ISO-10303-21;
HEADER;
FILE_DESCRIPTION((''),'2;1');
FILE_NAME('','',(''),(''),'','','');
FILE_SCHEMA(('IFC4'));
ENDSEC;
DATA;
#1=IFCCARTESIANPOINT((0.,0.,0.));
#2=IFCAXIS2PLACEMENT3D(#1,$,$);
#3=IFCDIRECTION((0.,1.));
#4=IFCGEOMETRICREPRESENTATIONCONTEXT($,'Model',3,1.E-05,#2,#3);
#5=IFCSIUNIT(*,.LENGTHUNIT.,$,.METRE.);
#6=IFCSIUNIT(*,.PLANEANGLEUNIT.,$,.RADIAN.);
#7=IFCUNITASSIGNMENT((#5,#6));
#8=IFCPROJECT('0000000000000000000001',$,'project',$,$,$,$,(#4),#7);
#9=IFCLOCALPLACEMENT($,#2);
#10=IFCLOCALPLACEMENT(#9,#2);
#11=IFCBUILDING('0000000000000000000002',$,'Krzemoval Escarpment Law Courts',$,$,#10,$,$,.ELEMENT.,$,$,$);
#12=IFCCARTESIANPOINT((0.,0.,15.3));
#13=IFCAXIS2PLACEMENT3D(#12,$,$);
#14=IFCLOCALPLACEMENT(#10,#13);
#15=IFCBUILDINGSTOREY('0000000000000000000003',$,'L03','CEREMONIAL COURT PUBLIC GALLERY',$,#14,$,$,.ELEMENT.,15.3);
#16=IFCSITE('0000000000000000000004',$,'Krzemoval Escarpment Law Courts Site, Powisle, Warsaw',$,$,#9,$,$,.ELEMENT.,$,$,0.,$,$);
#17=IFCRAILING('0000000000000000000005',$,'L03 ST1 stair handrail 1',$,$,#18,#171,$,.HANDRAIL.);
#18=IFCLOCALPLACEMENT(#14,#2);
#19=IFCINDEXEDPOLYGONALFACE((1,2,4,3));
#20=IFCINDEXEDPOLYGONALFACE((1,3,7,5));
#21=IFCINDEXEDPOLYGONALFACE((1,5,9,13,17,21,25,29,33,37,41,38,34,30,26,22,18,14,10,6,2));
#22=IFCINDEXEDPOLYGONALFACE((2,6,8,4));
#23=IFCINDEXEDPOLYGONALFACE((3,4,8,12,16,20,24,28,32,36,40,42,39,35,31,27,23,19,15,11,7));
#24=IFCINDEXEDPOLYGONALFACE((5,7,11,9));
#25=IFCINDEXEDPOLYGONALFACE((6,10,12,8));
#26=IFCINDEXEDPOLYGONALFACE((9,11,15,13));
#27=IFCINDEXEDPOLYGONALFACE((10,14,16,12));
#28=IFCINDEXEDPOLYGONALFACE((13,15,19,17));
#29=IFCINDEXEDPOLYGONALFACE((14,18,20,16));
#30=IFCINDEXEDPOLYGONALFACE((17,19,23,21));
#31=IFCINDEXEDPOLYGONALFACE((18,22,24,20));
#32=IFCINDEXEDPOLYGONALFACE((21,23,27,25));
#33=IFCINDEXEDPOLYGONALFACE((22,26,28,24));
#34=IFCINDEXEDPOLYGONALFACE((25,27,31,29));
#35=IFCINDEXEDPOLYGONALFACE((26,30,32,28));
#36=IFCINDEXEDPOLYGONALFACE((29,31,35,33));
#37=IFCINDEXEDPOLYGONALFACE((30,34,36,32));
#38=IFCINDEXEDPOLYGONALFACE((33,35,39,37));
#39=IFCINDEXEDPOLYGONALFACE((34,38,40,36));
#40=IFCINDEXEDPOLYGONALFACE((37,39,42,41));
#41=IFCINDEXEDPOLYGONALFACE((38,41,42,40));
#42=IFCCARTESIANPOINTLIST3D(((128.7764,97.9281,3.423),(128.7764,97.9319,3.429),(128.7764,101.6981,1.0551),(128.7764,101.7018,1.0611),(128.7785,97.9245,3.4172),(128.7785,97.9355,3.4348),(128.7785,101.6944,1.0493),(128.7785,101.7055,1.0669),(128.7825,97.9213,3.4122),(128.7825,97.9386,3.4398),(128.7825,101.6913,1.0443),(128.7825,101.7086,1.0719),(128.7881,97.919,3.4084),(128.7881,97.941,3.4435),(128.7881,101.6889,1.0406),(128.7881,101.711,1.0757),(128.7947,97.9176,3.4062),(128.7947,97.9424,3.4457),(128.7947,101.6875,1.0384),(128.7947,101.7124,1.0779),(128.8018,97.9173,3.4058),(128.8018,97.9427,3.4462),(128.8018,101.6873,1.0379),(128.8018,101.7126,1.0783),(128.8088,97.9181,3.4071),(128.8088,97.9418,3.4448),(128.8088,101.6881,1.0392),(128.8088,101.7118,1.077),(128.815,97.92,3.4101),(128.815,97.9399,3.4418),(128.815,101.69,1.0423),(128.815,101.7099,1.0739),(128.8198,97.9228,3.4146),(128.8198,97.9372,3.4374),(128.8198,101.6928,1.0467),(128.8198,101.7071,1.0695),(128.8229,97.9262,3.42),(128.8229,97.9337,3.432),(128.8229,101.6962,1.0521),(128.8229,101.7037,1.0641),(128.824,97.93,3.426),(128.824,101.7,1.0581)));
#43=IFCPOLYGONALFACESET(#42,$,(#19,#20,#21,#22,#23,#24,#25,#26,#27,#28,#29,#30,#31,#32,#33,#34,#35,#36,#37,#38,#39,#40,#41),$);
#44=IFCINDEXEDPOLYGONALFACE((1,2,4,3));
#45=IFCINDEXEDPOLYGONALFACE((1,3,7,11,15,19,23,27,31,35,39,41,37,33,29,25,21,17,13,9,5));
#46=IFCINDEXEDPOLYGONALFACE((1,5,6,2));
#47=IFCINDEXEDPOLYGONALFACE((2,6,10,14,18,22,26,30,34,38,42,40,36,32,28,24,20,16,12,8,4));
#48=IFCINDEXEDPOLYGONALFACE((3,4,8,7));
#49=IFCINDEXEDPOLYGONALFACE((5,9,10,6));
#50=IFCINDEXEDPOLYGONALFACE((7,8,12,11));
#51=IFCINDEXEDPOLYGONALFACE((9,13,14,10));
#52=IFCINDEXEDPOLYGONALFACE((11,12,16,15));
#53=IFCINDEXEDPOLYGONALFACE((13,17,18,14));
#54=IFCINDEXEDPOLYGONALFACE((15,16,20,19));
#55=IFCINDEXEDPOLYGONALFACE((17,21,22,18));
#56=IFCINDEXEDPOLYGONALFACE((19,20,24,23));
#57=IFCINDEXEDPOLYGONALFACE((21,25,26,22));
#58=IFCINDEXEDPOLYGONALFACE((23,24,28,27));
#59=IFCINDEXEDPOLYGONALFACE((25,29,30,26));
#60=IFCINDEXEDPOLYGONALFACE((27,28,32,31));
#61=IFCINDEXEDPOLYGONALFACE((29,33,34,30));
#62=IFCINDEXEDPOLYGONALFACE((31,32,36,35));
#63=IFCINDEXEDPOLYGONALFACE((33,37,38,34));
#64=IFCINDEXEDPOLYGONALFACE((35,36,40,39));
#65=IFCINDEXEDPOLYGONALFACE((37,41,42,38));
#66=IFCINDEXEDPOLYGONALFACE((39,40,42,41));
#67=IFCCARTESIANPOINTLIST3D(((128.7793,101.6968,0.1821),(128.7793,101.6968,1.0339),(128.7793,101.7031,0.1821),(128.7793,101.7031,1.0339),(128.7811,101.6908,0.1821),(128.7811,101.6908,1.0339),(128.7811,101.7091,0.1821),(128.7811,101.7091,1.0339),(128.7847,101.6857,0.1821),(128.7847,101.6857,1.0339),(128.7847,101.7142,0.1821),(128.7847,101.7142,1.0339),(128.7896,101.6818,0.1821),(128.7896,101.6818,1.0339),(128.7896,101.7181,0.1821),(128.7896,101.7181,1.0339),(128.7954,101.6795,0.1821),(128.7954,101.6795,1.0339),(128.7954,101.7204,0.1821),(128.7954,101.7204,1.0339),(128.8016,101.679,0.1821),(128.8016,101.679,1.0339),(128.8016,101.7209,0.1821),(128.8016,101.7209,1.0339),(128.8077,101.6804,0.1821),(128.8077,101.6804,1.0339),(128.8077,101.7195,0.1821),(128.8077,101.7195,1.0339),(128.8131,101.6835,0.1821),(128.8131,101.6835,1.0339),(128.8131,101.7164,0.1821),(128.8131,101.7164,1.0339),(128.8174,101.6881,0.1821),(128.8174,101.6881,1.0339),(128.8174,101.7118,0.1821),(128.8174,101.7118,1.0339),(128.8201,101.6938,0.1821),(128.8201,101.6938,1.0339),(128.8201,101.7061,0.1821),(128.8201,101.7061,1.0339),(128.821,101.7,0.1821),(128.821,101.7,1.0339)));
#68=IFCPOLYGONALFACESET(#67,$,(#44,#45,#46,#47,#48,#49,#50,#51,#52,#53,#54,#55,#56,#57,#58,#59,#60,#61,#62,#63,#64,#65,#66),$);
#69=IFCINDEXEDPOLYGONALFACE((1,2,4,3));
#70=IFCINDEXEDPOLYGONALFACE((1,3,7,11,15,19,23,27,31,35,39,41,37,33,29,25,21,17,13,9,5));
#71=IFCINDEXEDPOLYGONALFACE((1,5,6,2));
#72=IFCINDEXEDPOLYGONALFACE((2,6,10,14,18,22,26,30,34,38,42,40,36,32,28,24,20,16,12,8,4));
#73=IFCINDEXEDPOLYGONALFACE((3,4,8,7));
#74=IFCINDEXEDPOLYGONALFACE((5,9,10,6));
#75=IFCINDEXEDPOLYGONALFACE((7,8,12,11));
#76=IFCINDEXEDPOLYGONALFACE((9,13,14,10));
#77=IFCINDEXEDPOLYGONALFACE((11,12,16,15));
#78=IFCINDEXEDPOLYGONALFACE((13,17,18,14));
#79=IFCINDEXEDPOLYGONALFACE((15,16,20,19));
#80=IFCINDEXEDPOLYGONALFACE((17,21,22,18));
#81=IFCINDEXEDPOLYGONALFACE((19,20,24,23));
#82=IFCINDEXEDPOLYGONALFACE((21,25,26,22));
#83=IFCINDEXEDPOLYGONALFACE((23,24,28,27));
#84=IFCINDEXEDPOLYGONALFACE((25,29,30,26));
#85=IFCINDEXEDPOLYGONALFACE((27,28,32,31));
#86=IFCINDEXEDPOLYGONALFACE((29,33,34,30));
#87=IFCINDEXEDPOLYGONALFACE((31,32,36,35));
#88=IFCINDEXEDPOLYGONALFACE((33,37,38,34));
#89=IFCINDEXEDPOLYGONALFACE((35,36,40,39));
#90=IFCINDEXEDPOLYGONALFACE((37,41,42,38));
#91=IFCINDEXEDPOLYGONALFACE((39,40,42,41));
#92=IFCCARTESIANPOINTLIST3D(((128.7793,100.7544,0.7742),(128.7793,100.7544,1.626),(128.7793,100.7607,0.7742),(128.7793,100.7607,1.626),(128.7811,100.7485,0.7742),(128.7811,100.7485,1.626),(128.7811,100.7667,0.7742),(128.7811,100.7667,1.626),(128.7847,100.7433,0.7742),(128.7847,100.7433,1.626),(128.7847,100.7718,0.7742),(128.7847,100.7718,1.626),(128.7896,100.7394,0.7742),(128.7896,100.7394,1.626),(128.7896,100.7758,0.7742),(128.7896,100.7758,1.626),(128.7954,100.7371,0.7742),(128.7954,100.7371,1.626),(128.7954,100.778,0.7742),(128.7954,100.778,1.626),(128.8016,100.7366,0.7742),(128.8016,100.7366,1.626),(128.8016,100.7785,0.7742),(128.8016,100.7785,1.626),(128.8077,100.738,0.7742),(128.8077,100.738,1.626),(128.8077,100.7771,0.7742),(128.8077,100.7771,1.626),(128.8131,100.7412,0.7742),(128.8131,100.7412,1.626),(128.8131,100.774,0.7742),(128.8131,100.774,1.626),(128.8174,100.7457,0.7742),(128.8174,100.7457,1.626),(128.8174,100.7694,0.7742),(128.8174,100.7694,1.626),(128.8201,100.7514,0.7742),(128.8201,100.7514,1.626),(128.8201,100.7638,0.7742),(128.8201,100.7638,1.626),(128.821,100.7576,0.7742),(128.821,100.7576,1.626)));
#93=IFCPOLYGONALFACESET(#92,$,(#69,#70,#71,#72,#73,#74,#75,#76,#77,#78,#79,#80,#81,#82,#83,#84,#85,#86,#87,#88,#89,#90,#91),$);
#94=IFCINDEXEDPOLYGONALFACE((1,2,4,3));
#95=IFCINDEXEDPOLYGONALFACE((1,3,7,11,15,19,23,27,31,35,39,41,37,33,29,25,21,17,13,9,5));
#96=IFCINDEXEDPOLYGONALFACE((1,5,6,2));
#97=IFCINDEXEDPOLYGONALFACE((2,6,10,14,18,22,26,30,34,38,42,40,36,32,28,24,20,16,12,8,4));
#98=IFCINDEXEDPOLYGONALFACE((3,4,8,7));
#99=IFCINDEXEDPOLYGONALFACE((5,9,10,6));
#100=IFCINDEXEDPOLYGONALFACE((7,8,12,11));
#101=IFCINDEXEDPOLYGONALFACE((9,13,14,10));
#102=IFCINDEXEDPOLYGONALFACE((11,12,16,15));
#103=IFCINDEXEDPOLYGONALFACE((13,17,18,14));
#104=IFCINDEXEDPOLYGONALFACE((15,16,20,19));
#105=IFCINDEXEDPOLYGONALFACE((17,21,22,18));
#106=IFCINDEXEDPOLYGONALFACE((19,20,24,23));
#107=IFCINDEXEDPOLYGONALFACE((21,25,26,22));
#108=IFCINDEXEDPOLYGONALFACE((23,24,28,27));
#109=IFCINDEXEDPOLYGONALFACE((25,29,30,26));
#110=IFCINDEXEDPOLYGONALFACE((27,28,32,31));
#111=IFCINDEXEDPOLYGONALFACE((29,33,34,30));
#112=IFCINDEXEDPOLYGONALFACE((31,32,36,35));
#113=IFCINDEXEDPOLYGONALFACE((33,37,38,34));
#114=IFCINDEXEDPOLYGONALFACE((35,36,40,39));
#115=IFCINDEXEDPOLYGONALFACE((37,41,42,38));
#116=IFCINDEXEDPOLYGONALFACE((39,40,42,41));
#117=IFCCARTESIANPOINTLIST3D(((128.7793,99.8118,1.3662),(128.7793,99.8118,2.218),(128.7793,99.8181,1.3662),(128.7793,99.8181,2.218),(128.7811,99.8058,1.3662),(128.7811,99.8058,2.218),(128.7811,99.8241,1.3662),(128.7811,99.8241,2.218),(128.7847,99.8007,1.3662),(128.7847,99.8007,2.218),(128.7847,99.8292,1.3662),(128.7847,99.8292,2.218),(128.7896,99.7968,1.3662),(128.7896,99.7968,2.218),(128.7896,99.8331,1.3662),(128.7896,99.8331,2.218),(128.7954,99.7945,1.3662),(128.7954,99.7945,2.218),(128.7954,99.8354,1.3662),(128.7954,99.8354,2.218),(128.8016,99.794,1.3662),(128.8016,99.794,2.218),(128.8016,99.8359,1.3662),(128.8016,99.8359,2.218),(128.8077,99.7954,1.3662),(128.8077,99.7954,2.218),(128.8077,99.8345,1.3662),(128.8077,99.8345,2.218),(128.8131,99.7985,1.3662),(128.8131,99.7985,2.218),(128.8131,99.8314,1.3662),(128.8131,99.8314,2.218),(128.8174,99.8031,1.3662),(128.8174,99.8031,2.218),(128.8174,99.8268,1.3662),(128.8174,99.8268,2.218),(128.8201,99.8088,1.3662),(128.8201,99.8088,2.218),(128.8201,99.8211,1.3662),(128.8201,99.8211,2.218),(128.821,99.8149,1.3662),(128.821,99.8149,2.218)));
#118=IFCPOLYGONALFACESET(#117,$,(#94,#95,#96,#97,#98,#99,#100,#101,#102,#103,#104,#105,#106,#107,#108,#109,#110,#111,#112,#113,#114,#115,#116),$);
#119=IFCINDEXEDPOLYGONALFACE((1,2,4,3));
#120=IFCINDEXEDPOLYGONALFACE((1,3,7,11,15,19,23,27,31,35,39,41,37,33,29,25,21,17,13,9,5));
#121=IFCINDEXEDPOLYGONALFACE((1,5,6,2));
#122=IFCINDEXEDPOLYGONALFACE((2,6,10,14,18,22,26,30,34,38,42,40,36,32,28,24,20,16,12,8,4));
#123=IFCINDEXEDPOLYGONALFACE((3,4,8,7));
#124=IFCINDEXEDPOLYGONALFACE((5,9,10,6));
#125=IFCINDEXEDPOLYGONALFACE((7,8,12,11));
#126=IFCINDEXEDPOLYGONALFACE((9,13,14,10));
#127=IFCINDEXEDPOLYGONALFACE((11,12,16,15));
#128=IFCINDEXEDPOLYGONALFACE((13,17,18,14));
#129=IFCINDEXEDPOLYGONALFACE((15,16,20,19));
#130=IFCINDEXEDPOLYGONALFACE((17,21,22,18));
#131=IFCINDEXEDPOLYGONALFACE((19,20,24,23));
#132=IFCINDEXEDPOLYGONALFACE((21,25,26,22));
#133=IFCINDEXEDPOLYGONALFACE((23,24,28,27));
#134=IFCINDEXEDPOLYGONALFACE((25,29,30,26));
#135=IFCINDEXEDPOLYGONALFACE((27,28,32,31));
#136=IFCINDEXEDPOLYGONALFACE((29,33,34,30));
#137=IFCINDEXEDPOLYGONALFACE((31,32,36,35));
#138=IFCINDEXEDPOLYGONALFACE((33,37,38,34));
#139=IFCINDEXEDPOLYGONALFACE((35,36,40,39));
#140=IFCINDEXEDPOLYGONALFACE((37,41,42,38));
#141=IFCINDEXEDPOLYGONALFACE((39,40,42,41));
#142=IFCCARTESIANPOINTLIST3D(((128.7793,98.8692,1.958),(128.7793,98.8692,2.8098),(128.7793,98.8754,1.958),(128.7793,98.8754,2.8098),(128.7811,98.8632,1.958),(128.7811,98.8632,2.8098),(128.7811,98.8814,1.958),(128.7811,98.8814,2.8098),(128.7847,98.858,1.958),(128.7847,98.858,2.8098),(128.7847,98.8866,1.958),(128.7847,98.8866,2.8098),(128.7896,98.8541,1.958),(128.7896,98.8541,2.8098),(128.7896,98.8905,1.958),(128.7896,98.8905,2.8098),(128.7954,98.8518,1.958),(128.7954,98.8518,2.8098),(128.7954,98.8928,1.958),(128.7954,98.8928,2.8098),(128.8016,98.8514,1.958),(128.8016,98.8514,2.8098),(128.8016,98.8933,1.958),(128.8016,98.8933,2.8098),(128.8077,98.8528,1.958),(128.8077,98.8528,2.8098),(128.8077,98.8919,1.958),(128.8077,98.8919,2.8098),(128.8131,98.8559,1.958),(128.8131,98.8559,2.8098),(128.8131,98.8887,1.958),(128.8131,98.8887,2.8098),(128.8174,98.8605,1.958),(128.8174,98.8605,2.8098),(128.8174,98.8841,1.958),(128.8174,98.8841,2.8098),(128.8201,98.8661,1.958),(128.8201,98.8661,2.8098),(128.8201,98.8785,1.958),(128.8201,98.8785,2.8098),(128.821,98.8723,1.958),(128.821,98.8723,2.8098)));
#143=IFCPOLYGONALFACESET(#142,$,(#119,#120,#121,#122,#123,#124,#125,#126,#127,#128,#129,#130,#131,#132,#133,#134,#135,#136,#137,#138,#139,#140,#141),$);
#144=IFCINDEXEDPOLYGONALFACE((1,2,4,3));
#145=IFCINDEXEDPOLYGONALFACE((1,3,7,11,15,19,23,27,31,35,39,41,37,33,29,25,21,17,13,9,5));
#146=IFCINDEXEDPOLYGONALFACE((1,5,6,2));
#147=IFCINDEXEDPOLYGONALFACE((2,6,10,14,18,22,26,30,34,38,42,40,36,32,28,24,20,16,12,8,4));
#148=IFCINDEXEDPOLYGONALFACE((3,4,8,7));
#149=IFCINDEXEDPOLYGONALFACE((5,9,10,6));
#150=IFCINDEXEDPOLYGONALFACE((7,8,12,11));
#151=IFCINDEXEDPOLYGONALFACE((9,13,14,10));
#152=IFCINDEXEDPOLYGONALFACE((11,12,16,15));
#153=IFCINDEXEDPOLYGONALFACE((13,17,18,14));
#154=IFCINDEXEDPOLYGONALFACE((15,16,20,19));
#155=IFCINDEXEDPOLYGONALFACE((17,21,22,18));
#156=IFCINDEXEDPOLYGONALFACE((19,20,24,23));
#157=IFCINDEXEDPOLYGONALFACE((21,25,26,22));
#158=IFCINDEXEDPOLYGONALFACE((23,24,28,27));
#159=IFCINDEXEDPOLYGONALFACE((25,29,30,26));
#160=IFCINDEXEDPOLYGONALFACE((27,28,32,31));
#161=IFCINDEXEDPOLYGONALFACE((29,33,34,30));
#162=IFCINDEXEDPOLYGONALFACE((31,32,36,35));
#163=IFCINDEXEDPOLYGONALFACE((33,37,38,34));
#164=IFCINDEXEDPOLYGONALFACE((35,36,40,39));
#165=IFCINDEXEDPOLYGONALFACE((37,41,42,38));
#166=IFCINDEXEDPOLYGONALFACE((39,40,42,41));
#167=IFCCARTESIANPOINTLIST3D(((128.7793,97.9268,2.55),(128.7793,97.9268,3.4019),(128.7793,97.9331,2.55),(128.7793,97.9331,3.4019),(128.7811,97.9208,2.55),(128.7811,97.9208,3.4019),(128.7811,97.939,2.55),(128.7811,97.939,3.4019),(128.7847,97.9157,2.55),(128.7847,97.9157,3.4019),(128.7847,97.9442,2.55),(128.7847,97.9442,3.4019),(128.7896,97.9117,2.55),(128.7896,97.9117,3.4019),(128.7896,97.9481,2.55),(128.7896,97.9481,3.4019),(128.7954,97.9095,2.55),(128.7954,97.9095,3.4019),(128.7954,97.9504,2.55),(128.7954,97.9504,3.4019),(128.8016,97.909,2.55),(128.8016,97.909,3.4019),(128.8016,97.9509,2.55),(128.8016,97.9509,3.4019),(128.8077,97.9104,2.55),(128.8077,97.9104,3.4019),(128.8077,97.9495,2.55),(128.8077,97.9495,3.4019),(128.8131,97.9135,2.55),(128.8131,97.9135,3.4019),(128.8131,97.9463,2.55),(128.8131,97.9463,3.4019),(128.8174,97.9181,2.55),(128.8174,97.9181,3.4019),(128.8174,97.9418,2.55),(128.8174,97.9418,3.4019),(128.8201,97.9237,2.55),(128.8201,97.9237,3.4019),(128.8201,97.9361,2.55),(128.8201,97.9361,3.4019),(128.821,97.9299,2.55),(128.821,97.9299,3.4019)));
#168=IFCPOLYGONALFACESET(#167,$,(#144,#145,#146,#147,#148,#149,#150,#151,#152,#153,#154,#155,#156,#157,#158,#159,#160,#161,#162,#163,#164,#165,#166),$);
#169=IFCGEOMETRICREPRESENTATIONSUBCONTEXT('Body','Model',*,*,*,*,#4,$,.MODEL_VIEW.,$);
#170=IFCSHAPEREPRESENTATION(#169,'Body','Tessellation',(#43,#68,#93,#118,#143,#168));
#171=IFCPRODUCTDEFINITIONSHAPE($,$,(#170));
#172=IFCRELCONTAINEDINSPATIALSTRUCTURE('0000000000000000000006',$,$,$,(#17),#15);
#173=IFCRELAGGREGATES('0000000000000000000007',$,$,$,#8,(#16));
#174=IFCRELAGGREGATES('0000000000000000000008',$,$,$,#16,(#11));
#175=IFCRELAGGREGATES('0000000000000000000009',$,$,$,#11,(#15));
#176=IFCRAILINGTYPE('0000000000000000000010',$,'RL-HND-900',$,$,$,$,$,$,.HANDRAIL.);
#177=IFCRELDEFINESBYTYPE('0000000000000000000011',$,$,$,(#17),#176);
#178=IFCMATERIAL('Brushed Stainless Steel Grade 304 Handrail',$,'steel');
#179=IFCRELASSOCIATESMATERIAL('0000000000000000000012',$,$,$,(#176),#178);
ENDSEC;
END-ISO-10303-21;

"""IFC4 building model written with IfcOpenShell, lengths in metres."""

from ifc_helpers import new_model, si_unit, direction, frame, origin, origin_2d, place, context, subcontext, project, spatial, circle, extrude, material, type_object, element, save


model = new_model("IFC4")

# Units and contexts
model_context = context("Model", 3, precision=1e-05, world=origin(), true_north=direction((0.0, 1.0)))
body_context = subcontext(model_context, "Body", "Model", "MODEL_VIEW")
ifc_project = project(units=[si_unit("LENGTHUNIT", "METRE"), si_unit("PLANEANGLEUNIT", "RADIAN")], contexts=[model_context])

# Site, building, storey
site_placement = place(None, origin())
site = spatial("IfcSite", under=ifc_project, at=site_placement, Name="Krzemoval Escarpment Law Courts Site, Powisle, Warsaw", CompositionType="ELEMENT", RefElevation=0.0)
building_placement = place(site_placement, origin())
building = spatial("IfcBuilding", under=site, at=building_placement, Name="Krzemoval Escarpment Law Courts", CompositionType="ELEMENT")
storey_placement = place(building_placement, frame((0.0, 0.0, 15.3)))
storey = spatial("IfcBuildingStorey", under=building, at=storey_placement, Name="L03", Description="CEREMONIAL COURT PUBLIC GALLERY", CompositionType="ELEMENT", Elevation=15.3)

# Railing
ifc_material_1 = material(Name="Brushed Stainless Steel Grade 304 Handrail", Category="steel")
railing_type_1 = type_object("IfcRailingType", Name="RL-HND-900", PredefinedType="HANDRAIL", material=ifc_material_1)
railing_1_placement = place(storey_placement, frame((128.8, 101.7, 0.1821)))
element("IfcRailing", 1, at=railing_1_placement, inside=storey, type_object=railing_type_1, Name="L03 ST1 stair handrail 1", PredefinedType="HANDRAIL", context=body_context, shape_type="SweptSolid", body=[
    extrude(circle(Radius=0.0239, at=origin_2d()), frame((0.0, 0.0, 0.876), z_axis=(0.0, -0.846819, 0.531881), x_axis=(1.0, 0.0, 0.0)), (0.0, 0.0, 1.0), 4.4519),
    extrude(circle(Radius=0.021, at=origin_2d()), origin(), (0.0, 0.0, 1.0), 0.8518),
    extrude(circle(Radius=0.021, at=origin_2d()), frame((0.0, -0.9424, 0.592)), (0.0, 0.0, 1.0), 0.8518),
    extrude(circle(Radius=0.021, at=origin_2d()), frame((0.0, -1.885, 1.1841)), (0.0, 0.0, 1.0), 0.8518),
    extrude(circle(Radius=0.021, at=origin_2d()), frame((0.0, -2.8276, 1.7759)), (0.0, 0.0, 1.0), 0.8518),
    extrude(circle(Radius=0.021, at=origin_2d()), frame((0.0, -3.77, 2.3679)), (0.0, 0.0, 1.0), 0.8518),
])

save(model, "model.ifc")
